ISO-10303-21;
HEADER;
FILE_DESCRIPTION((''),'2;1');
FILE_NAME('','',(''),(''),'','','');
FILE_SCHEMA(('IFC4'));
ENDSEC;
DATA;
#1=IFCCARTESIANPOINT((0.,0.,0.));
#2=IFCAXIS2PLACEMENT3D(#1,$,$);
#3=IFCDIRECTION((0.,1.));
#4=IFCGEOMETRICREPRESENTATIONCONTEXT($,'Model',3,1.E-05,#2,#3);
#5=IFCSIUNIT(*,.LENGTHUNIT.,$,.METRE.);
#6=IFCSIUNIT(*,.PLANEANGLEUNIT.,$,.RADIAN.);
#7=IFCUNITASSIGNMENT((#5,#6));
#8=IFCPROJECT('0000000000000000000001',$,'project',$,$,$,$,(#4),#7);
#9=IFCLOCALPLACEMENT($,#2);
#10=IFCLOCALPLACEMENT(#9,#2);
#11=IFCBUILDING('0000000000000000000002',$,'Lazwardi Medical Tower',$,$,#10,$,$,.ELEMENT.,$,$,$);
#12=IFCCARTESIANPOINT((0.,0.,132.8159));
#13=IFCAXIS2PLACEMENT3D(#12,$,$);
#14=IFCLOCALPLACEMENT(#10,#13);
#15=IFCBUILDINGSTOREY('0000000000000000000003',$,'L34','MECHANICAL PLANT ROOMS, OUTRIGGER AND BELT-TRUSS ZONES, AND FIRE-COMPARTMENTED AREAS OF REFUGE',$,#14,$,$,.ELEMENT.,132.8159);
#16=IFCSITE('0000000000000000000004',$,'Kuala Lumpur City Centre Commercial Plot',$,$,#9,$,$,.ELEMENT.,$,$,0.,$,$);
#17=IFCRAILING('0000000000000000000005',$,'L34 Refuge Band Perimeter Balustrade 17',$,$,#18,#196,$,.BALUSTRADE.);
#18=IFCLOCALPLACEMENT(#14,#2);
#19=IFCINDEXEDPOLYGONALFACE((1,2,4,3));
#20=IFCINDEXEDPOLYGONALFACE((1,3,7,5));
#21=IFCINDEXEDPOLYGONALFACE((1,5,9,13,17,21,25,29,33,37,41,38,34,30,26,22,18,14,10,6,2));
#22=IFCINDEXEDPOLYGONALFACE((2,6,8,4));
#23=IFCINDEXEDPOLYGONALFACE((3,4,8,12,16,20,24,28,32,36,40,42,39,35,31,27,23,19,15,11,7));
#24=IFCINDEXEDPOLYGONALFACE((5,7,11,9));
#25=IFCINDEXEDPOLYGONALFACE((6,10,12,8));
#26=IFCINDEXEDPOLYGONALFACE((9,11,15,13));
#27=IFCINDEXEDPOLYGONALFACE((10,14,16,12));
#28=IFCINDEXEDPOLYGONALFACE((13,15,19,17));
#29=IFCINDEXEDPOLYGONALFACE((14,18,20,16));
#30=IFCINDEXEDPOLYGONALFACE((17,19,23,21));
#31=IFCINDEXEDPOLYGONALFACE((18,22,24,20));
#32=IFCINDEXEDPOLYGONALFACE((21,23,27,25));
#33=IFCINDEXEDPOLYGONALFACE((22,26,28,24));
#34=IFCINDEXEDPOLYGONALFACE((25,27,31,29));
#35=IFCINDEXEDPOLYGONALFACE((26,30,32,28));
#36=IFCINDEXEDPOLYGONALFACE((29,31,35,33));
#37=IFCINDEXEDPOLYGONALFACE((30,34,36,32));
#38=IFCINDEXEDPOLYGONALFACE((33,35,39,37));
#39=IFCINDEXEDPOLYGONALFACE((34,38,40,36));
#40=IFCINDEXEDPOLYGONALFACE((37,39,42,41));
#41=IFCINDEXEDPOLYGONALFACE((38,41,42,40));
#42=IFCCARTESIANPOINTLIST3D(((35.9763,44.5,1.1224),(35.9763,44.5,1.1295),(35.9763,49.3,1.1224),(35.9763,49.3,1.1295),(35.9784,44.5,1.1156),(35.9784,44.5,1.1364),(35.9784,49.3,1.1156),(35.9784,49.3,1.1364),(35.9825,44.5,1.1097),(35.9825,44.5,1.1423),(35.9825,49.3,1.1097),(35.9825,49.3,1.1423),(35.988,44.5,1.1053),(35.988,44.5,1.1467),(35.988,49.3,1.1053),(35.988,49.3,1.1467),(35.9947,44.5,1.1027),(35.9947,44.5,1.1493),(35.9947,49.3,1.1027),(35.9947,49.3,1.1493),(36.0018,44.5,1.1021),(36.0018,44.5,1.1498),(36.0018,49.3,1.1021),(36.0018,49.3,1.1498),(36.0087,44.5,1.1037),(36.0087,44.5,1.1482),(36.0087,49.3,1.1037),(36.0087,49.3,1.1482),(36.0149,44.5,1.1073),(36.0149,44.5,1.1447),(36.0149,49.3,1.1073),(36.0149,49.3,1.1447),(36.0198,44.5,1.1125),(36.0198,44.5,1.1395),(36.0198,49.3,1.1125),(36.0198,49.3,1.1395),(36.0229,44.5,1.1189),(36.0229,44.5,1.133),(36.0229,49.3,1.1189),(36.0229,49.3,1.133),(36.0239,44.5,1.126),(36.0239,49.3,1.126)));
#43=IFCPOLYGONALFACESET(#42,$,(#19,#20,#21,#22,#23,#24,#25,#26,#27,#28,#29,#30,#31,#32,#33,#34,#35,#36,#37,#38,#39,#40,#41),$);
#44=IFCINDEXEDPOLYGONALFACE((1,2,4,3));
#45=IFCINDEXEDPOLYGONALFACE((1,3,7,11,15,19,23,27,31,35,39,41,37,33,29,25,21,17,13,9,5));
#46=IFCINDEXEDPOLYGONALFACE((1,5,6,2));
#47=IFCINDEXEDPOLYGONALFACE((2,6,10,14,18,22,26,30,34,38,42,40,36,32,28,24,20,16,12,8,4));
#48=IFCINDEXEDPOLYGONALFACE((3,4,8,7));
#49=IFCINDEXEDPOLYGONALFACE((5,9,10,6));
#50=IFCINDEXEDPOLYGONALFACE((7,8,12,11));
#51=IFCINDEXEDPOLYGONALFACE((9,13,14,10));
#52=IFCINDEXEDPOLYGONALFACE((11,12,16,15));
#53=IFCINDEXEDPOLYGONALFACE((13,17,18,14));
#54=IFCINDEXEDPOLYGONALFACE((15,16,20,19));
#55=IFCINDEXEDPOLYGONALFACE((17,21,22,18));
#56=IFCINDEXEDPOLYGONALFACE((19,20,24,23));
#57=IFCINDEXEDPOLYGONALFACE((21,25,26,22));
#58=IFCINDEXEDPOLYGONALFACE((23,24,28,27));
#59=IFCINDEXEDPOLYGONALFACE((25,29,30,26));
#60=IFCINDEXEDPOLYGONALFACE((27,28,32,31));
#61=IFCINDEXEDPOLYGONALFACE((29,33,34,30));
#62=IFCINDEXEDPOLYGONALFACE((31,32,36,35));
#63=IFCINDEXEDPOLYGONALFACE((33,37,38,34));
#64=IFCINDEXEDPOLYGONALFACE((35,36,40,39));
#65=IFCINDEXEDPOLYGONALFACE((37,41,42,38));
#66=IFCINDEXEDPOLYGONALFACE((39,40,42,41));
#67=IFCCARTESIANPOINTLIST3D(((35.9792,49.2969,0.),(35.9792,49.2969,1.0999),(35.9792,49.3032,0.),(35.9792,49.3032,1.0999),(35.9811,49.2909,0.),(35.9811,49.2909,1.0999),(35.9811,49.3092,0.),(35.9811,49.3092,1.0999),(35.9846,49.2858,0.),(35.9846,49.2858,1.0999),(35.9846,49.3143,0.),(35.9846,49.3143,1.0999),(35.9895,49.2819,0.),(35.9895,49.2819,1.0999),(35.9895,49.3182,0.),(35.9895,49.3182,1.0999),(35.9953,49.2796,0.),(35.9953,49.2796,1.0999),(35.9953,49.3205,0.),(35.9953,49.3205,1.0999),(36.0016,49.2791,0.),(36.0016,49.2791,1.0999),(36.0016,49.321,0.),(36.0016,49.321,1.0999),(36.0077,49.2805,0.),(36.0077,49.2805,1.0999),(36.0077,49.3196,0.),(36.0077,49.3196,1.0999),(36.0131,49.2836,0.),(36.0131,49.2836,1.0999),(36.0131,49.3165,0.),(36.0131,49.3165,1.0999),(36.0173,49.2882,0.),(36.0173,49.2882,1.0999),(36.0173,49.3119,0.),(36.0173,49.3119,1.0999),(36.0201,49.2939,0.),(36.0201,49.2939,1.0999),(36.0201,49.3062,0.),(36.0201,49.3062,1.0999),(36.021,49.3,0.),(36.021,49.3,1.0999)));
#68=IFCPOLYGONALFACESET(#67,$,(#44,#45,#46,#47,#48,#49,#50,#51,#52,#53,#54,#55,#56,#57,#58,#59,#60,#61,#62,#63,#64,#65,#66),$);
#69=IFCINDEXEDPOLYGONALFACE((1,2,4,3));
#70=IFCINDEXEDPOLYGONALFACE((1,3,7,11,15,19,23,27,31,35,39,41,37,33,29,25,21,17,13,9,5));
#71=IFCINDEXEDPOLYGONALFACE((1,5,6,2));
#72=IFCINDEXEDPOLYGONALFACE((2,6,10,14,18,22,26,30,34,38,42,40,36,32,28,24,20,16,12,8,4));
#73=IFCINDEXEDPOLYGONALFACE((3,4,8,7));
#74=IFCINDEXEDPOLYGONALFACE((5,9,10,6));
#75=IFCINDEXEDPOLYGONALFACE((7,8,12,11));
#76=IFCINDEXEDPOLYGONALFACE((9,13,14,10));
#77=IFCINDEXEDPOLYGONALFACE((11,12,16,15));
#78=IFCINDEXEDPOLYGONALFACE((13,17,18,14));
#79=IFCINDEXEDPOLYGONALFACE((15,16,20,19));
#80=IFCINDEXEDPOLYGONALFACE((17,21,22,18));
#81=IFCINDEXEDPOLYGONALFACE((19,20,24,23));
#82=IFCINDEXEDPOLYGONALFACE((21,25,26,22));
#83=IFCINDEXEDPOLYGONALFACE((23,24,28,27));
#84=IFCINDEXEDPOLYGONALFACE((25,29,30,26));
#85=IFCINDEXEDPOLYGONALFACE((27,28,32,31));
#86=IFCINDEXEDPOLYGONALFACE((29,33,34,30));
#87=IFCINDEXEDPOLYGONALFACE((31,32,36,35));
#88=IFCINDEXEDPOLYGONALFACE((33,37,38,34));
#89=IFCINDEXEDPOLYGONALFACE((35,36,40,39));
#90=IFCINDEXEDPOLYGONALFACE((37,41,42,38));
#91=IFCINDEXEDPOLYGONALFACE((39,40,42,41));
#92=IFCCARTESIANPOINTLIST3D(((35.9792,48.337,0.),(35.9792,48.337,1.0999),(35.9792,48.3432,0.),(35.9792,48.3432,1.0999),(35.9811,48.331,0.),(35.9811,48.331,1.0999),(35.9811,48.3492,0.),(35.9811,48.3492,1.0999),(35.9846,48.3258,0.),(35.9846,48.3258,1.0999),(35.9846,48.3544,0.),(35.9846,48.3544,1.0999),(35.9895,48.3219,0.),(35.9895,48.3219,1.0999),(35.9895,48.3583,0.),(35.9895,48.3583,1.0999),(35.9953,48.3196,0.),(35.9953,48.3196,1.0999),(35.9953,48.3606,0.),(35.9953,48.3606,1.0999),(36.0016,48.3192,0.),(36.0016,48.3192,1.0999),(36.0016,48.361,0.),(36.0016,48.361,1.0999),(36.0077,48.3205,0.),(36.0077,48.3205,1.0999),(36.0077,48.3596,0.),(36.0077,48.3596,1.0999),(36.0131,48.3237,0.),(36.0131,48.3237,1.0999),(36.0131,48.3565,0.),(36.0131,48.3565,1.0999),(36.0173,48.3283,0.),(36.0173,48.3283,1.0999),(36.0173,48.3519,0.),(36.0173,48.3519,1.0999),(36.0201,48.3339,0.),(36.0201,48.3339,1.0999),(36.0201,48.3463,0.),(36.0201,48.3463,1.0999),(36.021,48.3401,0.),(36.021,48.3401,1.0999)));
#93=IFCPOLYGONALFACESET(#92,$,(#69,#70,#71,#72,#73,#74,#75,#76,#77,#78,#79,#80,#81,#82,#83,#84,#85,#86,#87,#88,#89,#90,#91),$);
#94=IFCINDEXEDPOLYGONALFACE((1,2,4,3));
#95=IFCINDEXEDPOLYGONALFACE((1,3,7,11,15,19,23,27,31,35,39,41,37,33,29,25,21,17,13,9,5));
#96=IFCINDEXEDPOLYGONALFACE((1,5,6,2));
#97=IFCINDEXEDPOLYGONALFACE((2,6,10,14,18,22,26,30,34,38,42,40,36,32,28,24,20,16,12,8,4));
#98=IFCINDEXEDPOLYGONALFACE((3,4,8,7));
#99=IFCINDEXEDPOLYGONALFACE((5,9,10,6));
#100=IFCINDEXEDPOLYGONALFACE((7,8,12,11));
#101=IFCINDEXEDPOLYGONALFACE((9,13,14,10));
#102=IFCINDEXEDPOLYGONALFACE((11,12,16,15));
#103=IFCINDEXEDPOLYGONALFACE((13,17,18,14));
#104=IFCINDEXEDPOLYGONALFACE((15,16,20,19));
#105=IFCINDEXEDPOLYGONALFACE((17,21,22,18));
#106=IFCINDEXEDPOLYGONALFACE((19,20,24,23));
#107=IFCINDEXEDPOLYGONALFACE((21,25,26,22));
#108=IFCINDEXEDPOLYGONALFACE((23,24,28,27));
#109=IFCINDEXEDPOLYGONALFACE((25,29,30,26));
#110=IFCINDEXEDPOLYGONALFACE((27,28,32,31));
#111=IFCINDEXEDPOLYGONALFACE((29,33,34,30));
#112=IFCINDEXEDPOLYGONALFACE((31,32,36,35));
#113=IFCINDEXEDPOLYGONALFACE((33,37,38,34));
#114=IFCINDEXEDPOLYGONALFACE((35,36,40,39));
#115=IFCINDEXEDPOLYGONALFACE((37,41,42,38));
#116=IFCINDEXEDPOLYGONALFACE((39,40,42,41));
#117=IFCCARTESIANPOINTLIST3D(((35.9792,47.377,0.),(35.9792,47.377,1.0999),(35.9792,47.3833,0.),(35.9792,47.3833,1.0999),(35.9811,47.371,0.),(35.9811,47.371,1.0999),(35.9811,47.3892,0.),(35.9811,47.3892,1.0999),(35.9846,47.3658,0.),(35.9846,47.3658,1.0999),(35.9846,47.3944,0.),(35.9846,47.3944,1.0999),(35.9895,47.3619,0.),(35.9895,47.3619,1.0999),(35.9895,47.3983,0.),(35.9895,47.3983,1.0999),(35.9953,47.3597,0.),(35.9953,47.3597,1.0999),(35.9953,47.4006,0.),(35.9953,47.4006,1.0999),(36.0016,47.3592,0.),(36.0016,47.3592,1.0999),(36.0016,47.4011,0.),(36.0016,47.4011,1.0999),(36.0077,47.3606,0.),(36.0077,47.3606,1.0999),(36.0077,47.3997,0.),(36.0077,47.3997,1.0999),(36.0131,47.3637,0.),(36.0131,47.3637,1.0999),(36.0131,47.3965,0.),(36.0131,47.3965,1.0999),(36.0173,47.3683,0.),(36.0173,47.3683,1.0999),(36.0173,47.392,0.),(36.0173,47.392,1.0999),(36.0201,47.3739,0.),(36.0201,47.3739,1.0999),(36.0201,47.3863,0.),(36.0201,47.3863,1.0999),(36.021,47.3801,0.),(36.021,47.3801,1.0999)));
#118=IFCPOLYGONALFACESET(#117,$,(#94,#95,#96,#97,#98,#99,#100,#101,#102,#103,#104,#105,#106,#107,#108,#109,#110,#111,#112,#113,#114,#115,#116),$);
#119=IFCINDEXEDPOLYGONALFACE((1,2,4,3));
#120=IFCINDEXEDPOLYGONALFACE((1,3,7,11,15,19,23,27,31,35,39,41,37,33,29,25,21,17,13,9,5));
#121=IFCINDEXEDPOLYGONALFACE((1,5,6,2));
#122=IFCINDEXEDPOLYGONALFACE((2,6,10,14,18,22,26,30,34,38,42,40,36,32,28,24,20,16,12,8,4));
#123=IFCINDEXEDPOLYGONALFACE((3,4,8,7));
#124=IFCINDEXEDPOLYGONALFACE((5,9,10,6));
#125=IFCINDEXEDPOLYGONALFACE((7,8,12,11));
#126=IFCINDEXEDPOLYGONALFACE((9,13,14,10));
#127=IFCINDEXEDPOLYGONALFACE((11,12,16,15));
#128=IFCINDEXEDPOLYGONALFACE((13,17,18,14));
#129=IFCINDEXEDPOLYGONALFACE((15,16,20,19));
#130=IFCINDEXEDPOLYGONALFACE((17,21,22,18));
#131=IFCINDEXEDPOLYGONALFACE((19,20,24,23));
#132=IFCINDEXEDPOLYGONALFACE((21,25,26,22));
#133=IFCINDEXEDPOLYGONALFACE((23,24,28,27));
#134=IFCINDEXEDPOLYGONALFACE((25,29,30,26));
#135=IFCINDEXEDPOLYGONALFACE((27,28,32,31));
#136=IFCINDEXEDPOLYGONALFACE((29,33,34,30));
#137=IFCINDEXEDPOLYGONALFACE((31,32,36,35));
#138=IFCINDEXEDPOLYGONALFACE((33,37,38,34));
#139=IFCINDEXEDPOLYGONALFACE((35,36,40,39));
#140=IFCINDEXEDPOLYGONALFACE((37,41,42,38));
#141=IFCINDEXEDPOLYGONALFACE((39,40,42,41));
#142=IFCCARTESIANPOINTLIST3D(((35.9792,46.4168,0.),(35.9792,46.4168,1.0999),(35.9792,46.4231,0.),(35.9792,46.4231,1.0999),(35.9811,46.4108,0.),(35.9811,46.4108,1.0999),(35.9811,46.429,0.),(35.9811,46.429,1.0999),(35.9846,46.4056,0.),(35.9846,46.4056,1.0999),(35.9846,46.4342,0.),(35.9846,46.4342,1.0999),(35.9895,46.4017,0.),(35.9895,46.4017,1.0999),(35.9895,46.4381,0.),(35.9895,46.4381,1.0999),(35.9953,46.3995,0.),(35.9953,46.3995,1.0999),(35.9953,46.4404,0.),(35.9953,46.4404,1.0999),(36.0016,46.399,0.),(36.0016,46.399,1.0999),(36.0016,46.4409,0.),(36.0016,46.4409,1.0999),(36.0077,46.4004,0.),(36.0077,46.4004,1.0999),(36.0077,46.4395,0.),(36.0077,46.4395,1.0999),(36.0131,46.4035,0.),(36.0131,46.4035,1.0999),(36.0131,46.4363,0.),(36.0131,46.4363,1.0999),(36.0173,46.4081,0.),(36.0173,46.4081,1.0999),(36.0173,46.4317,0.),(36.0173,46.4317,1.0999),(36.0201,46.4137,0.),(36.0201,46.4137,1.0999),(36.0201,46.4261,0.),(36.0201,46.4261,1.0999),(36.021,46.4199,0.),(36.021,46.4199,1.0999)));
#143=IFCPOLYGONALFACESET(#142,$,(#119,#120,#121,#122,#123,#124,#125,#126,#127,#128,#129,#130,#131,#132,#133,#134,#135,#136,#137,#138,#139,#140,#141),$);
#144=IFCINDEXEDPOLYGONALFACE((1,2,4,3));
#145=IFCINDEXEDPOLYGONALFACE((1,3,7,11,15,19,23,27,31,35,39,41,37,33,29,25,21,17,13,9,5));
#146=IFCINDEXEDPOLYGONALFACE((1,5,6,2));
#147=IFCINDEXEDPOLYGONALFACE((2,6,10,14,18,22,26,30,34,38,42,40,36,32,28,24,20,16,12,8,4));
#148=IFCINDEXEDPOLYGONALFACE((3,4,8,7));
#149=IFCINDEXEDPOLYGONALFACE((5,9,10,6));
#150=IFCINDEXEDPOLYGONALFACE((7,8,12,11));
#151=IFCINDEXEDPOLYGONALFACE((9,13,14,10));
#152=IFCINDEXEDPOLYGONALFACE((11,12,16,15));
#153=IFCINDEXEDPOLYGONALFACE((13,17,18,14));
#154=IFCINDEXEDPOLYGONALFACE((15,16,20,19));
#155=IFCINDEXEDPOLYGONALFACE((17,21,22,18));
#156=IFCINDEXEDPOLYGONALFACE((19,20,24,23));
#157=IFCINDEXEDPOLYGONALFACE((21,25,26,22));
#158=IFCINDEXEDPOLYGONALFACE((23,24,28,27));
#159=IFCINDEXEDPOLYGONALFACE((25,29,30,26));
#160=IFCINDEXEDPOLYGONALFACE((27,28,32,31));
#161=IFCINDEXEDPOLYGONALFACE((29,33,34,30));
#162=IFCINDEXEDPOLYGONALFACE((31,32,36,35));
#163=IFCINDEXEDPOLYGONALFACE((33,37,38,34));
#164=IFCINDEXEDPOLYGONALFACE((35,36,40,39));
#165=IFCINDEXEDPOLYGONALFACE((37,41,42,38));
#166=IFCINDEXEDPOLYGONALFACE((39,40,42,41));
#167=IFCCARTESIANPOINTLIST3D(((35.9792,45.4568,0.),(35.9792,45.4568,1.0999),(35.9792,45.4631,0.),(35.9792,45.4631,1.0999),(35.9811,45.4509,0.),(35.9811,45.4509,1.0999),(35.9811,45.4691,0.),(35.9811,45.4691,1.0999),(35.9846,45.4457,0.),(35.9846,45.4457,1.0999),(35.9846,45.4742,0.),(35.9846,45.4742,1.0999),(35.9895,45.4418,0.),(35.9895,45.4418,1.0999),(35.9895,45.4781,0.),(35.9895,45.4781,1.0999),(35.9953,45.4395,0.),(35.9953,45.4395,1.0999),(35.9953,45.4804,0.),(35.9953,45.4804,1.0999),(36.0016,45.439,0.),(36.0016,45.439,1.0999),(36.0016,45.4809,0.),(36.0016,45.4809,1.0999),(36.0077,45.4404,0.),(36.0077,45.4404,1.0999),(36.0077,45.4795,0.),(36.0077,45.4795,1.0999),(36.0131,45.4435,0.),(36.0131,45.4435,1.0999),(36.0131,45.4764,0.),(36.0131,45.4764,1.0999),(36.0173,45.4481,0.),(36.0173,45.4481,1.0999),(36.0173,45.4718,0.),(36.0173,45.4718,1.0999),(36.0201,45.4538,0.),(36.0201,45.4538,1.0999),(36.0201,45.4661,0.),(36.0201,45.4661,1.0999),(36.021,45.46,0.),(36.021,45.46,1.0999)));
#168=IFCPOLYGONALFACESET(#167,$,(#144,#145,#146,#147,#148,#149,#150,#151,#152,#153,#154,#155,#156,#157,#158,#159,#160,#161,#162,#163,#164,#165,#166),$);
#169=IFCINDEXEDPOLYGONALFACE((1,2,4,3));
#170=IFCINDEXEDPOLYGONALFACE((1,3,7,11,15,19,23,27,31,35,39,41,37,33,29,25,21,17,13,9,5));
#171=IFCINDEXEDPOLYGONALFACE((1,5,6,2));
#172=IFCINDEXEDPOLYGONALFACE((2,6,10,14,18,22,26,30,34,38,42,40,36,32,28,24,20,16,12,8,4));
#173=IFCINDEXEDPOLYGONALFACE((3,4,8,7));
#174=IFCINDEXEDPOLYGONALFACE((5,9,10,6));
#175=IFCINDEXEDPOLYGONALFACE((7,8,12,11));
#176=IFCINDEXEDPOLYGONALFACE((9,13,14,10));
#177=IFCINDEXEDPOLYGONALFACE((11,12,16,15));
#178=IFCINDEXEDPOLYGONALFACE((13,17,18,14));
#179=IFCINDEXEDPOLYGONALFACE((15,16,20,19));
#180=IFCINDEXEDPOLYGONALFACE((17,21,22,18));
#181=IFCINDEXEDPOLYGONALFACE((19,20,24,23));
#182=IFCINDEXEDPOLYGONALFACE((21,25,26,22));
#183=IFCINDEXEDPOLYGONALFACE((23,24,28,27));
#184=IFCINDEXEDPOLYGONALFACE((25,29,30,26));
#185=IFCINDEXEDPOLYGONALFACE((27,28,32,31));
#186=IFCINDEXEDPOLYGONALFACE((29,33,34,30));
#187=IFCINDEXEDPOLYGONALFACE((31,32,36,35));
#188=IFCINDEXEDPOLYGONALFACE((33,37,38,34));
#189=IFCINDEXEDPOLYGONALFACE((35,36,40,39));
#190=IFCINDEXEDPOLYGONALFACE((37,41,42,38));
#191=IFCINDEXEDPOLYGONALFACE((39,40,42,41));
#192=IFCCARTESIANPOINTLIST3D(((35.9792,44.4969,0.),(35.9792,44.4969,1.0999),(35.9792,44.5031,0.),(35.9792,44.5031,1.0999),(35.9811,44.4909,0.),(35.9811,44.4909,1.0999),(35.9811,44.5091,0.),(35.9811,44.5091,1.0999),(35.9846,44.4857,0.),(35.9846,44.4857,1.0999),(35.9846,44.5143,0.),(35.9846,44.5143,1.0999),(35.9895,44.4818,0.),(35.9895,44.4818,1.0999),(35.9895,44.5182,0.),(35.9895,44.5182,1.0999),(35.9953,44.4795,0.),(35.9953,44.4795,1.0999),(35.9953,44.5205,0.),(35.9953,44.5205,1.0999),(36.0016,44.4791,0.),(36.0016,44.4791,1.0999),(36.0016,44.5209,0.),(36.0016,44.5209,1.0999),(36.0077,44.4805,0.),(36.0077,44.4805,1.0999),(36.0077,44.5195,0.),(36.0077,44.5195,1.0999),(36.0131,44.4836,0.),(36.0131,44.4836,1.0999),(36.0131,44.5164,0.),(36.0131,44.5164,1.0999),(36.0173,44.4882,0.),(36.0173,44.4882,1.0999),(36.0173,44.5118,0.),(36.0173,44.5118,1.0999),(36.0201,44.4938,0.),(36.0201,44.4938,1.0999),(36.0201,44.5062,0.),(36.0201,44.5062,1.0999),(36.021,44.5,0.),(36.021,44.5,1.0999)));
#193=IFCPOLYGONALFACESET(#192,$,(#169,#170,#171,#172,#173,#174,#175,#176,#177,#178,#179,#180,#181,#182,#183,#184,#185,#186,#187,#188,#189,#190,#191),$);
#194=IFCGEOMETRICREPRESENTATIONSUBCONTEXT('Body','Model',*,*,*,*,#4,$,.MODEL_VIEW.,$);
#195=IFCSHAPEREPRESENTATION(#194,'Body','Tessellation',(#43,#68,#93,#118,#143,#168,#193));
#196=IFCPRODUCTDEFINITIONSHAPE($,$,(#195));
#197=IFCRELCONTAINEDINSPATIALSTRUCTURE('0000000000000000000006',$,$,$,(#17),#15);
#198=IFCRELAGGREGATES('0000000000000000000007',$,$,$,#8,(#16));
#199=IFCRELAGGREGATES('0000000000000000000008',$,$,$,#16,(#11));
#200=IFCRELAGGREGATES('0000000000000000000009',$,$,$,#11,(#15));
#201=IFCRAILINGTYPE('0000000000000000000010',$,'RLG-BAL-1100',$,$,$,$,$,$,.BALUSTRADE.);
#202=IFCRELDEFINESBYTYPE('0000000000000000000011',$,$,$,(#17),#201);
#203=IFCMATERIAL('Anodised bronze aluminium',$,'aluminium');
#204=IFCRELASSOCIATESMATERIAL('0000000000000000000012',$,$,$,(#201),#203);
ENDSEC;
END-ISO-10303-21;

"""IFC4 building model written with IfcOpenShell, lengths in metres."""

from ifc_helpers import new_model, si_unit, direction, frame, origin, origin_2d, place, context, subcontext, project, spatial, circle, extrude, material, type_object, element, save


model = new_model("IFC4")

# Units and contexts
model_context = context("Model", 3, precision=1e-05, world=origin(), true_north=direction((0.0, 1.0)))
body_context = subcontext(model_context, "Body", "Model", "MODEL_VIEW")
ifc_project = project(units=[si_unit("LENGTHUNIT", "METRE"), si_unit("PLANEANGLEUNIT", "RADIAN")], contexts=[model_context])

# Site, building, storey
site_placement = place(None, origin())
site = spatial("IfcSite", under=ifc_project, at=site_placement, Name="Kuala Lumpur City Centre Commercial Plot", CompositionType="ELEMENT", RefElevation=0.0)
building_placement = place(site_placement, origin())
building = spatial("IfcBuilding", under=site, at=building_placement, Name="Lazwardi Medical Tower", CompositionType="ELEMENT")
storey_placement = place(building_placement, frame((0.0, 0.0, 132.8159)))
storey = spatial("IfcBuildingStorey", under=building, at=storey_placement, Name="L34", Description="MECHANICAL PLANT ROOMS, OUTRIGGER AND BELT-TRUSS ZONES, AND FIRE-COMPARTMENTED AREAS OF REFUGE", CompositionType="ELEMENT", Elevation=132.8159)

# Railing
ifc_material_1 = material(Name="Anodised bronze aluminium", Category="aluminium")
railing_type = type_object("IfcRailingType", Name="RLG-BAL-1100", PredefinedType="BALUSTRADE", material=ifc_material_1)
railing_1_placement = place(storey_placement, frame((36.0, 49.3, 0.0)))
element("IfcRailing", 1, at=railing_1_placement, inside=storey, type_object=railing_type, Name="L34 Refuge Band Perimeter Balustrade 17", PredefinedType="BALUSTRADE", context=body_context, shape_type="SweptSolid", body=[
    extrude(circle(Radius=0.0239, at=origin_2d()), frame((0.0, 0.0, 1.126), z_axis=(0.0, -1.0, 0.0), x_axis=(1.0, 0.0, 0.0)), (0.0, 0.0, 1.0), 4.8),
    extrude(circle(Radius=0.021, at=origin_2d()), origin(), (0.0, 0.0, 1.0), 1.0999),
    extrude(circle(Radius=0.021, at=origin_2d()), frame((0.0, -0.96, 0.0)), (0.0, 0.0, 1.0), 1.0999),
    extrude(circle(Radius=0.021, at=origin_2d()), frame((0.0, -1.9199, 0.0)), (0.0, 0.0, 1.0), 1.0999),
    extrude(circle(Radius=0.021, at=origin_2d()), frame((0.0, -2.8801, 0.0)), (0.0, 0.0, 1.0), 1.0999),
    extrude(circle(Radius=0.021, at=origin_2d()), frame((0.0, -3.8401, 0.0)), (0.0, 0.0, 1.0), 1.0999),
    extrude(circle(Radius=0.021, at=origin_2d()), frame((0.0, -4.8, 0.0)), (0.0, 0.0, 1.0), 1.0999),
])

save(model, "model.ifc")
